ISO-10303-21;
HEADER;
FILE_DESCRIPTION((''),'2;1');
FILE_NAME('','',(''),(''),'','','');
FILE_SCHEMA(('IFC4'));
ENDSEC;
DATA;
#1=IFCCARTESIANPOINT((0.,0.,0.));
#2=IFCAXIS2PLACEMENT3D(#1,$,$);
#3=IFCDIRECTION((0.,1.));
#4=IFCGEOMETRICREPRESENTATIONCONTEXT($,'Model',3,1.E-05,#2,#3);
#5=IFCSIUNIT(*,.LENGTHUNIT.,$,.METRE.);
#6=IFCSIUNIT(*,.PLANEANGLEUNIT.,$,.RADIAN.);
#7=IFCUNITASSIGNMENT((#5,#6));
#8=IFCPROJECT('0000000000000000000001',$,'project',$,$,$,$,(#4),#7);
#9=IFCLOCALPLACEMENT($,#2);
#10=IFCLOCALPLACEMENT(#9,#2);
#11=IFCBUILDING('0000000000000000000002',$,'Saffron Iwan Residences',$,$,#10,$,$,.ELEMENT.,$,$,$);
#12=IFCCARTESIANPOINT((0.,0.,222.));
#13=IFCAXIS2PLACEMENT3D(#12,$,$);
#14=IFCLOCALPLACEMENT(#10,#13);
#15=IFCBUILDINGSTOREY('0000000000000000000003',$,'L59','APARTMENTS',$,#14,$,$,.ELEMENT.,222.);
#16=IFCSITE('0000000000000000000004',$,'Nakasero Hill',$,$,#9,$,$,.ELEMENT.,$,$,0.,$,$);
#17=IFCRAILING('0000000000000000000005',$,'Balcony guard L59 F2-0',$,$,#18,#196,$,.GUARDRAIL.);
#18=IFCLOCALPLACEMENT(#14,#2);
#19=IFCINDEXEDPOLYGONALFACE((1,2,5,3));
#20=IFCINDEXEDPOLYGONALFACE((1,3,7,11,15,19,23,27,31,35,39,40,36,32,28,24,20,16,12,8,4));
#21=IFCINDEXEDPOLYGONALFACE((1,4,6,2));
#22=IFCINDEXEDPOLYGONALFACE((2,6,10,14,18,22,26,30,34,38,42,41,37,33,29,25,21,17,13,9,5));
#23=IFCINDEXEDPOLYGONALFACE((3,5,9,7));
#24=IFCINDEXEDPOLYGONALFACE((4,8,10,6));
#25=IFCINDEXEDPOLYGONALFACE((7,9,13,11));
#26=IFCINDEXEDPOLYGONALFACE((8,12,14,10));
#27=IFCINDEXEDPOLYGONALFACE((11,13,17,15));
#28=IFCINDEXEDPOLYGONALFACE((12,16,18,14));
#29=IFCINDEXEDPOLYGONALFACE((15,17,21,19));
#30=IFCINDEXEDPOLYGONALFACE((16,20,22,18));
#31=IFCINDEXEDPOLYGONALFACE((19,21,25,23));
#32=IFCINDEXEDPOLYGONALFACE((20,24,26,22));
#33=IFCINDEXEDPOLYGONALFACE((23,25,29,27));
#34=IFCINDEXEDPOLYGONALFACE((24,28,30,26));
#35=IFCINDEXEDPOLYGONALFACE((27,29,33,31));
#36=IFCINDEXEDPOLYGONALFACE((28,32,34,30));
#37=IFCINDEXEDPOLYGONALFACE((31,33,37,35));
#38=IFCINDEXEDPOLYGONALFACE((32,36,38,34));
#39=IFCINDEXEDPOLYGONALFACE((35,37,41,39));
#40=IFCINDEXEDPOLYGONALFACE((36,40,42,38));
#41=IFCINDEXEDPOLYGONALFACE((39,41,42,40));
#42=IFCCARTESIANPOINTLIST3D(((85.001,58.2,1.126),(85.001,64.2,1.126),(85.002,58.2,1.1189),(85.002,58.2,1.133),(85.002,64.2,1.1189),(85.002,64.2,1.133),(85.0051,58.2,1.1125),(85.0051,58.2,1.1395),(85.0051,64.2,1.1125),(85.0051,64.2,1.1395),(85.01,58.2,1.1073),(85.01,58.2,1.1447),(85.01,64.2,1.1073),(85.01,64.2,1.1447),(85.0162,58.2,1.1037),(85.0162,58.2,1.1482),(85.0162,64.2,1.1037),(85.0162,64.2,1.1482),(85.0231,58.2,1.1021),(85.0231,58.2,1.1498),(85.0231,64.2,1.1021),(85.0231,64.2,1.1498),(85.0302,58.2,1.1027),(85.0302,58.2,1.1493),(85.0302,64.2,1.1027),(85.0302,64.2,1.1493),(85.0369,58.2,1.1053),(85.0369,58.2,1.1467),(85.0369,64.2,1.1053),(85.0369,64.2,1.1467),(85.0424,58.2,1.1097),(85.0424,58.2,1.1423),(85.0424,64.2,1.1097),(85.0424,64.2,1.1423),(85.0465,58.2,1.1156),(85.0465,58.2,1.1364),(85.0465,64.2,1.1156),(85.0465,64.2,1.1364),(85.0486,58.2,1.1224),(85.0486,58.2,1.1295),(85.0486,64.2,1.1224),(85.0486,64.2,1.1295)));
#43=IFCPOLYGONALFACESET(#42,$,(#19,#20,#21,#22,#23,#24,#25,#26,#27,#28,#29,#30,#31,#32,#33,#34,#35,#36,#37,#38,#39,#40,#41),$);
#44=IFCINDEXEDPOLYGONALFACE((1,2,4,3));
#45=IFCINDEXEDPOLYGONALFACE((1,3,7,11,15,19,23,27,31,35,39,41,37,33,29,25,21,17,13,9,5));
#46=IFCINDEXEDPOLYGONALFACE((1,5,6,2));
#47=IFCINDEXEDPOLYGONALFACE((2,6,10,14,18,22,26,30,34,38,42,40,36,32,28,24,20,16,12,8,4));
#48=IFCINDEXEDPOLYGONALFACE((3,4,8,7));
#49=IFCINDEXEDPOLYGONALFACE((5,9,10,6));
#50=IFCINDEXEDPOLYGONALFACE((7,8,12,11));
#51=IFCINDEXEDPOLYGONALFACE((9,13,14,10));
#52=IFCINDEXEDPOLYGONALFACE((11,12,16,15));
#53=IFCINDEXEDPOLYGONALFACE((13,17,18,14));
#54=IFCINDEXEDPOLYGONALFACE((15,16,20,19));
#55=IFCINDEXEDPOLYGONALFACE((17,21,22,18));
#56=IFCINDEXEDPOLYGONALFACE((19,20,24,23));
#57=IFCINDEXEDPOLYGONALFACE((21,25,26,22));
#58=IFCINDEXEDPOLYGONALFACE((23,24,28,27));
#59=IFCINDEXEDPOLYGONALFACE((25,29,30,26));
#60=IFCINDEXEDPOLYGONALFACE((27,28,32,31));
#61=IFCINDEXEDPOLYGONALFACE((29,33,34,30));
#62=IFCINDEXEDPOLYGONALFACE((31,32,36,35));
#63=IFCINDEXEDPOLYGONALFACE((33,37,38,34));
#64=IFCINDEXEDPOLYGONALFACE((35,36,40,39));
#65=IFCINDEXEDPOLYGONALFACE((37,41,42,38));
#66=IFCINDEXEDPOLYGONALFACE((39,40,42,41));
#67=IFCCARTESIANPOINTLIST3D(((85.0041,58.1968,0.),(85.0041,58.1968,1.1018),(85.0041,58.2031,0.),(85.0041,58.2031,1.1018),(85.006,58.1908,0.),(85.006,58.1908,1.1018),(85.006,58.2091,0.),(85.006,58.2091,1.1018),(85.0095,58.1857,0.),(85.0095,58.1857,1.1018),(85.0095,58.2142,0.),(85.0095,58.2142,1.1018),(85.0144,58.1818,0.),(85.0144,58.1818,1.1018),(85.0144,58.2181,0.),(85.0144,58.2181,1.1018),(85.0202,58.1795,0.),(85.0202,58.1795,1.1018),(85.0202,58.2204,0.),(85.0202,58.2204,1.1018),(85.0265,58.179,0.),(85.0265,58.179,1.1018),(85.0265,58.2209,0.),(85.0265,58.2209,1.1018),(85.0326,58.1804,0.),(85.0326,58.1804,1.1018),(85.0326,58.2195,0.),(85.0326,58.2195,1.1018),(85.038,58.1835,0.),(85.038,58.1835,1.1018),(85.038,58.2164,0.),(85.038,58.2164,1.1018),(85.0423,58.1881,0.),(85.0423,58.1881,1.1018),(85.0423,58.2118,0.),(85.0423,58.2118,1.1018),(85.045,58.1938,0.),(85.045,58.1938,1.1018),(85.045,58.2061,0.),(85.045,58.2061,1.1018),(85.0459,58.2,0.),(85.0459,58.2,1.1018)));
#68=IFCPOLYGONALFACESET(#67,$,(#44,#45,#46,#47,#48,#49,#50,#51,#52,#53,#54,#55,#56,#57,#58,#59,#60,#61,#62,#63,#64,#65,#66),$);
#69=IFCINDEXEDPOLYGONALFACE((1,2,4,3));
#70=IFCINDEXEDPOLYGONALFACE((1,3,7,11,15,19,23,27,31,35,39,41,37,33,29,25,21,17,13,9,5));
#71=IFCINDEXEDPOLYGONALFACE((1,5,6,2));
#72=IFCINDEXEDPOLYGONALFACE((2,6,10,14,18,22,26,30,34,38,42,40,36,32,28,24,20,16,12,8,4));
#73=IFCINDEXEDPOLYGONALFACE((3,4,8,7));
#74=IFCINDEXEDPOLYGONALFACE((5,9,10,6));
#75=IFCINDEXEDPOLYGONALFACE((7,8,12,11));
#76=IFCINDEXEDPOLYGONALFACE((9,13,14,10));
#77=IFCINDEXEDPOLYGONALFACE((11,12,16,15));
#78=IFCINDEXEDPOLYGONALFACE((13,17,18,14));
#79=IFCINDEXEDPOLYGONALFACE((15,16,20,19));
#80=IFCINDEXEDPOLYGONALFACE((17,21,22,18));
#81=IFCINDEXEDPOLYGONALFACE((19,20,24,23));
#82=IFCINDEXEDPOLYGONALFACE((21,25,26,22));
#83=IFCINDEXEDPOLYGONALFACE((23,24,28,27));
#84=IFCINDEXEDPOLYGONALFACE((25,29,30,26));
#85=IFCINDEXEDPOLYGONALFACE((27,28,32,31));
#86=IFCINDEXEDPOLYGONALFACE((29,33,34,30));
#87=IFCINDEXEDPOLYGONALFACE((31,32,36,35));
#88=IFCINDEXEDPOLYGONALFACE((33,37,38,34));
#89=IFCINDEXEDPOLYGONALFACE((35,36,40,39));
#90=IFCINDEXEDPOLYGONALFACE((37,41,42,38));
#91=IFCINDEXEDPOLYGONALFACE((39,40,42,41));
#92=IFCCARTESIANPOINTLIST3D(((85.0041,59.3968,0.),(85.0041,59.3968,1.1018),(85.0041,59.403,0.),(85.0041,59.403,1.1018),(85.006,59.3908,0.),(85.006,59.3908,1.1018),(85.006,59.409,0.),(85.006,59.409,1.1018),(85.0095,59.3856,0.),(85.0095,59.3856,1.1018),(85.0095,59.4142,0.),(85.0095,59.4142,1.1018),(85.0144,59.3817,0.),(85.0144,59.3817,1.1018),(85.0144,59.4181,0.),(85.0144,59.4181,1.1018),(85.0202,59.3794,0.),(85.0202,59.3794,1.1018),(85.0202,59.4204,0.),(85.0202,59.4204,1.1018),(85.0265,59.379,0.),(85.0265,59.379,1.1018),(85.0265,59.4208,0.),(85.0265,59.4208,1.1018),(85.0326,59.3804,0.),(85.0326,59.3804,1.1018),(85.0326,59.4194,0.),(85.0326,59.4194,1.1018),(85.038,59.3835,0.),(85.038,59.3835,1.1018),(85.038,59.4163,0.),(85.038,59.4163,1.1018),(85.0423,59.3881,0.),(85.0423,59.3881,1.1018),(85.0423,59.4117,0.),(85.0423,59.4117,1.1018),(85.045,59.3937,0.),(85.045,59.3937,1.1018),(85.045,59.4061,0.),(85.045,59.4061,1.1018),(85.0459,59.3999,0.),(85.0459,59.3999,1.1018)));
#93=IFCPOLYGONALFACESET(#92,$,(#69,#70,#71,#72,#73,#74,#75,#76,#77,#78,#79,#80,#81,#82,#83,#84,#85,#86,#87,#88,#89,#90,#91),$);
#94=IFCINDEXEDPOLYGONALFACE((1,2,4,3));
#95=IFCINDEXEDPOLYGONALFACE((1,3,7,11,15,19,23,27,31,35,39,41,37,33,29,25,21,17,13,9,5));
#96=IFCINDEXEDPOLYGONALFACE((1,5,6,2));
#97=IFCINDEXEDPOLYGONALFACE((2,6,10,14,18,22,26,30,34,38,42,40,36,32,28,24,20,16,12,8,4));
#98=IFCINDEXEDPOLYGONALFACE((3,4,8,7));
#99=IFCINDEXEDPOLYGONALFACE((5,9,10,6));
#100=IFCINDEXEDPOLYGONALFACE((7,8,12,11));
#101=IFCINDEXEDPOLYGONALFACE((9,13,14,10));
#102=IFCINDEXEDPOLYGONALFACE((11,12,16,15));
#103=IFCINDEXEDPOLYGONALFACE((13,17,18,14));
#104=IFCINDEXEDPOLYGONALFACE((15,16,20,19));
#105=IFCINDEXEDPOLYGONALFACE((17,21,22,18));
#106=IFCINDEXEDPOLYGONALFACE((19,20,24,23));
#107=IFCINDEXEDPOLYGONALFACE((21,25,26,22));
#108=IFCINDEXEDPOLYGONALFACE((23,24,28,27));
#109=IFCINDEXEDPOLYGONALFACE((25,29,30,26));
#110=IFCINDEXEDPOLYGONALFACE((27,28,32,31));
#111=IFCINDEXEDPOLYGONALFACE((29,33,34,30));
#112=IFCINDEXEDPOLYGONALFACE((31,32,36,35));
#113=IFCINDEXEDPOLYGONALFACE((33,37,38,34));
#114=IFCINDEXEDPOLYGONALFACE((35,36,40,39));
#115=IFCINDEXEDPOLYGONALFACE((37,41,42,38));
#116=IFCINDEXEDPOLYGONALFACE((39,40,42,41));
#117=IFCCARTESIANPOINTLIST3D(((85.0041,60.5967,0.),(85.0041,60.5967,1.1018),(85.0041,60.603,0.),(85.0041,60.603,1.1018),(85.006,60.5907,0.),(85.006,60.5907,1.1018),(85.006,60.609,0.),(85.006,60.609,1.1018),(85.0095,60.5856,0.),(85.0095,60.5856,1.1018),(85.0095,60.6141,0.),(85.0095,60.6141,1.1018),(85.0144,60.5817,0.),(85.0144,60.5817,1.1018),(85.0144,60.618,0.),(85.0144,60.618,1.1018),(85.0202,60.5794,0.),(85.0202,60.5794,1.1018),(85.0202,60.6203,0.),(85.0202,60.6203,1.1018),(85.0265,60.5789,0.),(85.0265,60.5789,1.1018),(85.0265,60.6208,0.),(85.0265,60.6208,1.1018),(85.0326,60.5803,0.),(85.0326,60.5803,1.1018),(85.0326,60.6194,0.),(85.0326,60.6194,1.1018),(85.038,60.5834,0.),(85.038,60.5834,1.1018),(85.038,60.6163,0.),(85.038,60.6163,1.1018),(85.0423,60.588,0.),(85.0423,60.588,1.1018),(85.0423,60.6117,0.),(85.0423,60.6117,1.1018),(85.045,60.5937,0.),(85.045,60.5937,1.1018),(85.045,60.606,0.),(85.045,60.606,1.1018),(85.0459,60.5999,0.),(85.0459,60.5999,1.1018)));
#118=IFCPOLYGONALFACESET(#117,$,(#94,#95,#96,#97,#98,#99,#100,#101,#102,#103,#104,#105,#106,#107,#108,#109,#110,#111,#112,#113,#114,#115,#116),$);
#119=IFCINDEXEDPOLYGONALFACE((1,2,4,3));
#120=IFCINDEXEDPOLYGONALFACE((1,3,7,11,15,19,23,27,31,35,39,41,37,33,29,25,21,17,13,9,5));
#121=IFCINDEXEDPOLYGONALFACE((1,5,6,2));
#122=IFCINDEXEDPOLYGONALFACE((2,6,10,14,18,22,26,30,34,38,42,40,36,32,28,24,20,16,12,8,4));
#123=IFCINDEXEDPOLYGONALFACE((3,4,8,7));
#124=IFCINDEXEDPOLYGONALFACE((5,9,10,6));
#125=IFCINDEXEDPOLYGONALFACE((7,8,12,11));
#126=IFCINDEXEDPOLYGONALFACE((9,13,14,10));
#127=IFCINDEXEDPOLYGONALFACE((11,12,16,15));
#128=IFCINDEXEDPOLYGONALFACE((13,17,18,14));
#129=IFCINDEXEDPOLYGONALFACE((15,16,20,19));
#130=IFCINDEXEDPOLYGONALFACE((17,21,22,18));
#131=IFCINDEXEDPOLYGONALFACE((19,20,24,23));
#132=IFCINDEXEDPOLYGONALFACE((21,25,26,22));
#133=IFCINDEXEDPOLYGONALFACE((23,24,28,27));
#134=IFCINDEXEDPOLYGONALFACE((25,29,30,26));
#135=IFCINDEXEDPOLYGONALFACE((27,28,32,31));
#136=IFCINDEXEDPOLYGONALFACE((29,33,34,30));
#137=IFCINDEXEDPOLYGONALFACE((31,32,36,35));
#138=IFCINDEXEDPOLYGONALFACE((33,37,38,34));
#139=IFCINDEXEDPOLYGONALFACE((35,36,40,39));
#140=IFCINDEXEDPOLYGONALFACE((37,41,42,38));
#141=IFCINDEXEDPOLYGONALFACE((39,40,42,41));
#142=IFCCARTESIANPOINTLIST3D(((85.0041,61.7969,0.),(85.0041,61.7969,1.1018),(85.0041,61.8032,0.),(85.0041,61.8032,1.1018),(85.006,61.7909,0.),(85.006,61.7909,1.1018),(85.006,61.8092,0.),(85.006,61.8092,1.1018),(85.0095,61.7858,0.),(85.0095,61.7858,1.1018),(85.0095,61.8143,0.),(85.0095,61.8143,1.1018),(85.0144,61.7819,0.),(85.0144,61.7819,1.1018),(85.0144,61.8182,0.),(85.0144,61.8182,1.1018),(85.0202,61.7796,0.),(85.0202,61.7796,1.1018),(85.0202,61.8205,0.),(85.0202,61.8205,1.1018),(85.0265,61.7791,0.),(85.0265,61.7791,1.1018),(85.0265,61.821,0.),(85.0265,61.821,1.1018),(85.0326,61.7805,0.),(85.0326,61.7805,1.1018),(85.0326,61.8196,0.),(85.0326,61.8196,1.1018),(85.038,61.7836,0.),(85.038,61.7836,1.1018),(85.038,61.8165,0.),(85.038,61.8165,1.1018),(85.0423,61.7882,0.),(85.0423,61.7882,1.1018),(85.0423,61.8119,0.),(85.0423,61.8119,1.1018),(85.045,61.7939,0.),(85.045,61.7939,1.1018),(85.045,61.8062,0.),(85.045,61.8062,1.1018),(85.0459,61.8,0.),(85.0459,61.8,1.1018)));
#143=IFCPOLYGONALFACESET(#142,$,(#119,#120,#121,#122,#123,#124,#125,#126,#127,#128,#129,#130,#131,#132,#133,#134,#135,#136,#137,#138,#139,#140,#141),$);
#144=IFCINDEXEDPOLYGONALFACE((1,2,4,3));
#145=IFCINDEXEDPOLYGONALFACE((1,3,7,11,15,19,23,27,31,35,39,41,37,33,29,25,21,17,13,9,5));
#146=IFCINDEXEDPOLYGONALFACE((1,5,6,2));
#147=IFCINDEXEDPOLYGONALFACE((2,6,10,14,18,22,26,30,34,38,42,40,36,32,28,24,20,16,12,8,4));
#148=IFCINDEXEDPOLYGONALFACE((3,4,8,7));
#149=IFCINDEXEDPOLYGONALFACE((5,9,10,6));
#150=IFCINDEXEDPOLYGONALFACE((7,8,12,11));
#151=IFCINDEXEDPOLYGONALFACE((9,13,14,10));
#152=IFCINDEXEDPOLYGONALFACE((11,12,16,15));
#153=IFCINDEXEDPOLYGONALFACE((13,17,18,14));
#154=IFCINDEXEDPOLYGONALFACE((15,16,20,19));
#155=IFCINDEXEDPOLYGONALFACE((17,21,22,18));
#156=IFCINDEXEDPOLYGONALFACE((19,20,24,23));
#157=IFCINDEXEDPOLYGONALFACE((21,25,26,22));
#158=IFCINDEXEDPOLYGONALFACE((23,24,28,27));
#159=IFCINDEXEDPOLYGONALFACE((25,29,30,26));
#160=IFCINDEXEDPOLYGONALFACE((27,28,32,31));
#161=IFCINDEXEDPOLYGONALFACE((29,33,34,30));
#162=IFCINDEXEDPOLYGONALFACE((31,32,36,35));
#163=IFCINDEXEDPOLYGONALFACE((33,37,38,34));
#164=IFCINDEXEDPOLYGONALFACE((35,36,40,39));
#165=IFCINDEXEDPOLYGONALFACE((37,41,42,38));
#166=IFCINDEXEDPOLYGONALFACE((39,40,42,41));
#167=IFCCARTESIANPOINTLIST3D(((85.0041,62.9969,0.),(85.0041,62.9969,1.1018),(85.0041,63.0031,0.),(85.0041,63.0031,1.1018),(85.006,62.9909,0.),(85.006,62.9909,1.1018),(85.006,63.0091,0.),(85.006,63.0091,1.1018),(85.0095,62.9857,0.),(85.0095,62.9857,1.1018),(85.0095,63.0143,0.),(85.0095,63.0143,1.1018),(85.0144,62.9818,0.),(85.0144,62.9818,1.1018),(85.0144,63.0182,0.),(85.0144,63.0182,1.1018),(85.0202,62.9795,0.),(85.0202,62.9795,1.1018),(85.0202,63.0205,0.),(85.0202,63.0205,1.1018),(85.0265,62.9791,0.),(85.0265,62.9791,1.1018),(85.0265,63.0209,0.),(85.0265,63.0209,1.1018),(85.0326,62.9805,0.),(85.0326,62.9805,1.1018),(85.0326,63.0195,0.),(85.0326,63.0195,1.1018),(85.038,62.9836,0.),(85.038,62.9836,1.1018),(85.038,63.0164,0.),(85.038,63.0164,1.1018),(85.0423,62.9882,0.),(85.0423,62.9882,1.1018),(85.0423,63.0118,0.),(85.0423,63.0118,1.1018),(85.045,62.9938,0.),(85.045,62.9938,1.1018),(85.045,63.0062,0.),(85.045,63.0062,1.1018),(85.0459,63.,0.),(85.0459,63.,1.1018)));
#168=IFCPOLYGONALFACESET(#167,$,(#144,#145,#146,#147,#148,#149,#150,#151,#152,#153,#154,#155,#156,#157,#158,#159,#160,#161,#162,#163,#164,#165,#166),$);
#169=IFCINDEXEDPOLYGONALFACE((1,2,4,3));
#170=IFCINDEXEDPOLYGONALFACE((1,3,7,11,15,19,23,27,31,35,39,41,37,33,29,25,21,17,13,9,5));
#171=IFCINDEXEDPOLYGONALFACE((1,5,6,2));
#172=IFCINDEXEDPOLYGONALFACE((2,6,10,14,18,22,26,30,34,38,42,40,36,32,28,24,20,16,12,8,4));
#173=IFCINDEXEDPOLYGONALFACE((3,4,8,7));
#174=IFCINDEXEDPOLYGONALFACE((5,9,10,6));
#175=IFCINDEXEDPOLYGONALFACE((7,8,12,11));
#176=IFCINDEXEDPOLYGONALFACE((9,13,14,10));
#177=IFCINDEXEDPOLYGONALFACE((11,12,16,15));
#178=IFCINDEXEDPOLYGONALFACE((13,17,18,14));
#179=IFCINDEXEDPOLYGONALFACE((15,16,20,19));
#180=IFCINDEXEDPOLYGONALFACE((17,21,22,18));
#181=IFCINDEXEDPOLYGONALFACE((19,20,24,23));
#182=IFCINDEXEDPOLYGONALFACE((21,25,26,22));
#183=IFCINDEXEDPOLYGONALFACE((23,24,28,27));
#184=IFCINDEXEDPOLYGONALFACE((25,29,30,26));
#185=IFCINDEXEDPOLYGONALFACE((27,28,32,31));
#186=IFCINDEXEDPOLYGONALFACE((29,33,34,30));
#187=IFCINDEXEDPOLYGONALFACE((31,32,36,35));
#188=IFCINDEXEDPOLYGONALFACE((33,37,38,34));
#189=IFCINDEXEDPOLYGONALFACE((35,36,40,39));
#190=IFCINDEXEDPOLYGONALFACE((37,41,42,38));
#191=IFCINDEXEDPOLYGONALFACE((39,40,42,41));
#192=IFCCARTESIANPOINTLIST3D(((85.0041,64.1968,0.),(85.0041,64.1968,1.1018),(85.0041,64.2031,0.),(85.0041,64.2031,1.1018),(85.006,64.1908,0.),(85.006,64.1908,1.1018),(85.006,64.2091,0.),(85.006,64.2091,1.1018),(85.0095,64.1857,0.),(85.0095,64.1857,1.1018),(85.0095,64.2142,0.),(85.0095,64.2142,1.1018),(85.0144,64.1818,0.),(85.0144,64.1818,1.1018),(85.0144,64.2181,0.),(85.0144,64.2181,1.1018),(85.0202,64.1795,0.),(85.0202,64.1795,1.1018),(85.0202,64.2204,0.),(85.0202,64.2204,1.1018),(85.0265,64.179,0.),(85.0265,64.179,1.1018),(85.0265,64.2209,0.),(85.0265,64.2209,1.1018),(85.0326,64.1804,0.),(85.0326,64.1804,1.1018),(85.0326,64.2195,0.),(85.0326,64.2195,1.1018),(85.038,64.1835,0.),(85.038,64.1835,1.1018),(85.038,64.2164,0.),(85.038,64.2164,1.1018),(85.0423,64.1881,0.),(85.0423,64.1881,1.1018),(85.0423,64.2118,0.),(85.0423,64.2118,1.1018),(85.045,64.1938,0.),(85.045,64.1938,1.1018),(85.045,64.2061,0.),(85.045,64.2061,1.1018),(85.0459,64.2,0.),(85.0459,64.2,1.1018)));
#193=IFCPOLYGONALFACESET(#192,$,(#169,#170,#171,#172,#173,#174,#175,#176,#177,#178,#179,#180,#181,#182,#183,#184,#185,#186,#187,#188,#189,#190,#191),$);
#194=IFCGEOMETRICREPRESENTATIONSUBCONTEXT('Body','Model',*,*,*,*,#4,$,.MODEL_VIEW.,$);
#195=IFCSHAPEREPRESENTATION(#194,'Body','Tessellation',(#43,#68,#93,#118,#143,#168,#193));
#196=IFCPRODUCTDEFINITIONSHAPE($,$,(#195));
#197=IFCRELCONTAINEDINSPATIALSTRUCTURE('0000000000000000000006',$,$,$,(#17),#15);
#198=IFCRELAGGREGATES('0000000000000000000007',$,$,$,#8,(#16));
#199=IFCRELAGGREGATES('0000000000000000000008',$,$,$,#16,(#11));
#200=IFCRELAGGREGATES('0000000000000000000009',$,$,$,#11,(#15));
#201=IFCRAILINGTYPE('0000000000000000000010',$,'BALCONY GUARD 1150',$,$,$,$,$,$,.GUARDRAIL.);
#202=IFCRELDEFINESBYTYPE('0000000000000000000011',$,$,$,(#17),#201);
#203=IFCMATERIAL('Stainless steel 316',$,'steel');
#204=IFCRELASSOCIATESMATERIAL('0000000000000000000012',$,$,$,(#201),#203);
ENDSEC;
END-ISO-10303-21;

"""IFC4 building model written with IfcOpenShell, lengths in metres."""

from ifc_helpers import new_model, si_unit, direction, frame, origin, origin_2d, place, context, subcontext, project, spatial, circle, extrude, material, type_object, element, save


model = new_model("IFC4")

# Units and contexts
model_context = context("Model", 3, precision=1e-05, world=origin(), true_north=direction((0.0, 1.0)))
body_context = subcontext(model_context, "Body", "Model", "MODEL_VIEW")
ifc_project = project(units=[si_unit("LENGTHUNIT", "METRE"), si_unit("PLANEANGLEUNIT", "RADIAN")], contexts=[model_context])

# Site, building, storey
site_placement = place(None, origin())
site = spatial("IfcSite", under=ifc_project, at=site_placement, Name="Nakasero Hill", CompositionType="ELEMENT", RefElevation=0.0)
building_placement = place(site_placement, origin())
building = spatial("IfcBuilding", under=site, at=building_placement, Name="Saffron Iwan Residences", CompositionType="ELEMENT")
storey_placement = place(building_placement, frame((0.0, 0.0, 222.0)))
storey = spatial("IfcBuildingStorey", under=building, at=storey_placement, Name="L59", Description="APARTMENTS", CompositionType="ELEMENT", Elevation=222.0)

# Railing
ifc_material_1 = material(Name="Stainless steel 316", Category="steel")
railing_type = type_object("IfcRailingType", Name="BALCONY GUARD 1150", PredefinedType="GUARDRAIL", material=ifc_material_1)
railing_placement = place(storey_placement, frame((85.0249, 58.2, 0.0)))
element("IfcRailing", 1, at=railing_placement, inside=storey, type_object=railing_type, Name="Balcony guard L59 F2-0", PredefinedType="GUARDRAIL", context=body_context, shape_type="SweptSolid", body=[
    extrude(circle(Radius=0.0239, at=origin_2d()), frame((0.0, 0.0, 1.126), z_axis=(0.0, 1.0, 0.0), x_axis=(-1.0, 0.0, 0.0)), (0.0, 0.0, 1.0), 6.0),
    extrude(circle(Radius=0.021, at=origin_2d()), origin(), (0.0, 0.0, 1.0), 1.1018),
    extrude(circle(Radius=0.021, at=origin_2d()), frame((0.0, 1.2, 0.0)), (0.0, 0.0, 1.0), 1.1018),
    extrude(circle(Radius=0.021, at=origin_2d()), frame((0.0, 2.3999, 0.0)), (0.0, 0.0, 1.0), 1.1018),
    extrude(circle(Radius=0.021, at=origin_2d()), frame((0.0, 3.6001, 0.0)), (0.0, 0.0, 1.0), 1.1018),
    extrude(circle(Radius=0.021, at=origin_2d()), frame((0.0, 4.8, 0.0)), (0.0, 0.0, 1.0), 1.1018),
    extrude(circle(Radius=0.021, at=origin_2d()), frame((0.0, 6.0, 0.0)), (0.0, 0.0, 1.0), 1.1018),
])

save(model, "model.ifc")
